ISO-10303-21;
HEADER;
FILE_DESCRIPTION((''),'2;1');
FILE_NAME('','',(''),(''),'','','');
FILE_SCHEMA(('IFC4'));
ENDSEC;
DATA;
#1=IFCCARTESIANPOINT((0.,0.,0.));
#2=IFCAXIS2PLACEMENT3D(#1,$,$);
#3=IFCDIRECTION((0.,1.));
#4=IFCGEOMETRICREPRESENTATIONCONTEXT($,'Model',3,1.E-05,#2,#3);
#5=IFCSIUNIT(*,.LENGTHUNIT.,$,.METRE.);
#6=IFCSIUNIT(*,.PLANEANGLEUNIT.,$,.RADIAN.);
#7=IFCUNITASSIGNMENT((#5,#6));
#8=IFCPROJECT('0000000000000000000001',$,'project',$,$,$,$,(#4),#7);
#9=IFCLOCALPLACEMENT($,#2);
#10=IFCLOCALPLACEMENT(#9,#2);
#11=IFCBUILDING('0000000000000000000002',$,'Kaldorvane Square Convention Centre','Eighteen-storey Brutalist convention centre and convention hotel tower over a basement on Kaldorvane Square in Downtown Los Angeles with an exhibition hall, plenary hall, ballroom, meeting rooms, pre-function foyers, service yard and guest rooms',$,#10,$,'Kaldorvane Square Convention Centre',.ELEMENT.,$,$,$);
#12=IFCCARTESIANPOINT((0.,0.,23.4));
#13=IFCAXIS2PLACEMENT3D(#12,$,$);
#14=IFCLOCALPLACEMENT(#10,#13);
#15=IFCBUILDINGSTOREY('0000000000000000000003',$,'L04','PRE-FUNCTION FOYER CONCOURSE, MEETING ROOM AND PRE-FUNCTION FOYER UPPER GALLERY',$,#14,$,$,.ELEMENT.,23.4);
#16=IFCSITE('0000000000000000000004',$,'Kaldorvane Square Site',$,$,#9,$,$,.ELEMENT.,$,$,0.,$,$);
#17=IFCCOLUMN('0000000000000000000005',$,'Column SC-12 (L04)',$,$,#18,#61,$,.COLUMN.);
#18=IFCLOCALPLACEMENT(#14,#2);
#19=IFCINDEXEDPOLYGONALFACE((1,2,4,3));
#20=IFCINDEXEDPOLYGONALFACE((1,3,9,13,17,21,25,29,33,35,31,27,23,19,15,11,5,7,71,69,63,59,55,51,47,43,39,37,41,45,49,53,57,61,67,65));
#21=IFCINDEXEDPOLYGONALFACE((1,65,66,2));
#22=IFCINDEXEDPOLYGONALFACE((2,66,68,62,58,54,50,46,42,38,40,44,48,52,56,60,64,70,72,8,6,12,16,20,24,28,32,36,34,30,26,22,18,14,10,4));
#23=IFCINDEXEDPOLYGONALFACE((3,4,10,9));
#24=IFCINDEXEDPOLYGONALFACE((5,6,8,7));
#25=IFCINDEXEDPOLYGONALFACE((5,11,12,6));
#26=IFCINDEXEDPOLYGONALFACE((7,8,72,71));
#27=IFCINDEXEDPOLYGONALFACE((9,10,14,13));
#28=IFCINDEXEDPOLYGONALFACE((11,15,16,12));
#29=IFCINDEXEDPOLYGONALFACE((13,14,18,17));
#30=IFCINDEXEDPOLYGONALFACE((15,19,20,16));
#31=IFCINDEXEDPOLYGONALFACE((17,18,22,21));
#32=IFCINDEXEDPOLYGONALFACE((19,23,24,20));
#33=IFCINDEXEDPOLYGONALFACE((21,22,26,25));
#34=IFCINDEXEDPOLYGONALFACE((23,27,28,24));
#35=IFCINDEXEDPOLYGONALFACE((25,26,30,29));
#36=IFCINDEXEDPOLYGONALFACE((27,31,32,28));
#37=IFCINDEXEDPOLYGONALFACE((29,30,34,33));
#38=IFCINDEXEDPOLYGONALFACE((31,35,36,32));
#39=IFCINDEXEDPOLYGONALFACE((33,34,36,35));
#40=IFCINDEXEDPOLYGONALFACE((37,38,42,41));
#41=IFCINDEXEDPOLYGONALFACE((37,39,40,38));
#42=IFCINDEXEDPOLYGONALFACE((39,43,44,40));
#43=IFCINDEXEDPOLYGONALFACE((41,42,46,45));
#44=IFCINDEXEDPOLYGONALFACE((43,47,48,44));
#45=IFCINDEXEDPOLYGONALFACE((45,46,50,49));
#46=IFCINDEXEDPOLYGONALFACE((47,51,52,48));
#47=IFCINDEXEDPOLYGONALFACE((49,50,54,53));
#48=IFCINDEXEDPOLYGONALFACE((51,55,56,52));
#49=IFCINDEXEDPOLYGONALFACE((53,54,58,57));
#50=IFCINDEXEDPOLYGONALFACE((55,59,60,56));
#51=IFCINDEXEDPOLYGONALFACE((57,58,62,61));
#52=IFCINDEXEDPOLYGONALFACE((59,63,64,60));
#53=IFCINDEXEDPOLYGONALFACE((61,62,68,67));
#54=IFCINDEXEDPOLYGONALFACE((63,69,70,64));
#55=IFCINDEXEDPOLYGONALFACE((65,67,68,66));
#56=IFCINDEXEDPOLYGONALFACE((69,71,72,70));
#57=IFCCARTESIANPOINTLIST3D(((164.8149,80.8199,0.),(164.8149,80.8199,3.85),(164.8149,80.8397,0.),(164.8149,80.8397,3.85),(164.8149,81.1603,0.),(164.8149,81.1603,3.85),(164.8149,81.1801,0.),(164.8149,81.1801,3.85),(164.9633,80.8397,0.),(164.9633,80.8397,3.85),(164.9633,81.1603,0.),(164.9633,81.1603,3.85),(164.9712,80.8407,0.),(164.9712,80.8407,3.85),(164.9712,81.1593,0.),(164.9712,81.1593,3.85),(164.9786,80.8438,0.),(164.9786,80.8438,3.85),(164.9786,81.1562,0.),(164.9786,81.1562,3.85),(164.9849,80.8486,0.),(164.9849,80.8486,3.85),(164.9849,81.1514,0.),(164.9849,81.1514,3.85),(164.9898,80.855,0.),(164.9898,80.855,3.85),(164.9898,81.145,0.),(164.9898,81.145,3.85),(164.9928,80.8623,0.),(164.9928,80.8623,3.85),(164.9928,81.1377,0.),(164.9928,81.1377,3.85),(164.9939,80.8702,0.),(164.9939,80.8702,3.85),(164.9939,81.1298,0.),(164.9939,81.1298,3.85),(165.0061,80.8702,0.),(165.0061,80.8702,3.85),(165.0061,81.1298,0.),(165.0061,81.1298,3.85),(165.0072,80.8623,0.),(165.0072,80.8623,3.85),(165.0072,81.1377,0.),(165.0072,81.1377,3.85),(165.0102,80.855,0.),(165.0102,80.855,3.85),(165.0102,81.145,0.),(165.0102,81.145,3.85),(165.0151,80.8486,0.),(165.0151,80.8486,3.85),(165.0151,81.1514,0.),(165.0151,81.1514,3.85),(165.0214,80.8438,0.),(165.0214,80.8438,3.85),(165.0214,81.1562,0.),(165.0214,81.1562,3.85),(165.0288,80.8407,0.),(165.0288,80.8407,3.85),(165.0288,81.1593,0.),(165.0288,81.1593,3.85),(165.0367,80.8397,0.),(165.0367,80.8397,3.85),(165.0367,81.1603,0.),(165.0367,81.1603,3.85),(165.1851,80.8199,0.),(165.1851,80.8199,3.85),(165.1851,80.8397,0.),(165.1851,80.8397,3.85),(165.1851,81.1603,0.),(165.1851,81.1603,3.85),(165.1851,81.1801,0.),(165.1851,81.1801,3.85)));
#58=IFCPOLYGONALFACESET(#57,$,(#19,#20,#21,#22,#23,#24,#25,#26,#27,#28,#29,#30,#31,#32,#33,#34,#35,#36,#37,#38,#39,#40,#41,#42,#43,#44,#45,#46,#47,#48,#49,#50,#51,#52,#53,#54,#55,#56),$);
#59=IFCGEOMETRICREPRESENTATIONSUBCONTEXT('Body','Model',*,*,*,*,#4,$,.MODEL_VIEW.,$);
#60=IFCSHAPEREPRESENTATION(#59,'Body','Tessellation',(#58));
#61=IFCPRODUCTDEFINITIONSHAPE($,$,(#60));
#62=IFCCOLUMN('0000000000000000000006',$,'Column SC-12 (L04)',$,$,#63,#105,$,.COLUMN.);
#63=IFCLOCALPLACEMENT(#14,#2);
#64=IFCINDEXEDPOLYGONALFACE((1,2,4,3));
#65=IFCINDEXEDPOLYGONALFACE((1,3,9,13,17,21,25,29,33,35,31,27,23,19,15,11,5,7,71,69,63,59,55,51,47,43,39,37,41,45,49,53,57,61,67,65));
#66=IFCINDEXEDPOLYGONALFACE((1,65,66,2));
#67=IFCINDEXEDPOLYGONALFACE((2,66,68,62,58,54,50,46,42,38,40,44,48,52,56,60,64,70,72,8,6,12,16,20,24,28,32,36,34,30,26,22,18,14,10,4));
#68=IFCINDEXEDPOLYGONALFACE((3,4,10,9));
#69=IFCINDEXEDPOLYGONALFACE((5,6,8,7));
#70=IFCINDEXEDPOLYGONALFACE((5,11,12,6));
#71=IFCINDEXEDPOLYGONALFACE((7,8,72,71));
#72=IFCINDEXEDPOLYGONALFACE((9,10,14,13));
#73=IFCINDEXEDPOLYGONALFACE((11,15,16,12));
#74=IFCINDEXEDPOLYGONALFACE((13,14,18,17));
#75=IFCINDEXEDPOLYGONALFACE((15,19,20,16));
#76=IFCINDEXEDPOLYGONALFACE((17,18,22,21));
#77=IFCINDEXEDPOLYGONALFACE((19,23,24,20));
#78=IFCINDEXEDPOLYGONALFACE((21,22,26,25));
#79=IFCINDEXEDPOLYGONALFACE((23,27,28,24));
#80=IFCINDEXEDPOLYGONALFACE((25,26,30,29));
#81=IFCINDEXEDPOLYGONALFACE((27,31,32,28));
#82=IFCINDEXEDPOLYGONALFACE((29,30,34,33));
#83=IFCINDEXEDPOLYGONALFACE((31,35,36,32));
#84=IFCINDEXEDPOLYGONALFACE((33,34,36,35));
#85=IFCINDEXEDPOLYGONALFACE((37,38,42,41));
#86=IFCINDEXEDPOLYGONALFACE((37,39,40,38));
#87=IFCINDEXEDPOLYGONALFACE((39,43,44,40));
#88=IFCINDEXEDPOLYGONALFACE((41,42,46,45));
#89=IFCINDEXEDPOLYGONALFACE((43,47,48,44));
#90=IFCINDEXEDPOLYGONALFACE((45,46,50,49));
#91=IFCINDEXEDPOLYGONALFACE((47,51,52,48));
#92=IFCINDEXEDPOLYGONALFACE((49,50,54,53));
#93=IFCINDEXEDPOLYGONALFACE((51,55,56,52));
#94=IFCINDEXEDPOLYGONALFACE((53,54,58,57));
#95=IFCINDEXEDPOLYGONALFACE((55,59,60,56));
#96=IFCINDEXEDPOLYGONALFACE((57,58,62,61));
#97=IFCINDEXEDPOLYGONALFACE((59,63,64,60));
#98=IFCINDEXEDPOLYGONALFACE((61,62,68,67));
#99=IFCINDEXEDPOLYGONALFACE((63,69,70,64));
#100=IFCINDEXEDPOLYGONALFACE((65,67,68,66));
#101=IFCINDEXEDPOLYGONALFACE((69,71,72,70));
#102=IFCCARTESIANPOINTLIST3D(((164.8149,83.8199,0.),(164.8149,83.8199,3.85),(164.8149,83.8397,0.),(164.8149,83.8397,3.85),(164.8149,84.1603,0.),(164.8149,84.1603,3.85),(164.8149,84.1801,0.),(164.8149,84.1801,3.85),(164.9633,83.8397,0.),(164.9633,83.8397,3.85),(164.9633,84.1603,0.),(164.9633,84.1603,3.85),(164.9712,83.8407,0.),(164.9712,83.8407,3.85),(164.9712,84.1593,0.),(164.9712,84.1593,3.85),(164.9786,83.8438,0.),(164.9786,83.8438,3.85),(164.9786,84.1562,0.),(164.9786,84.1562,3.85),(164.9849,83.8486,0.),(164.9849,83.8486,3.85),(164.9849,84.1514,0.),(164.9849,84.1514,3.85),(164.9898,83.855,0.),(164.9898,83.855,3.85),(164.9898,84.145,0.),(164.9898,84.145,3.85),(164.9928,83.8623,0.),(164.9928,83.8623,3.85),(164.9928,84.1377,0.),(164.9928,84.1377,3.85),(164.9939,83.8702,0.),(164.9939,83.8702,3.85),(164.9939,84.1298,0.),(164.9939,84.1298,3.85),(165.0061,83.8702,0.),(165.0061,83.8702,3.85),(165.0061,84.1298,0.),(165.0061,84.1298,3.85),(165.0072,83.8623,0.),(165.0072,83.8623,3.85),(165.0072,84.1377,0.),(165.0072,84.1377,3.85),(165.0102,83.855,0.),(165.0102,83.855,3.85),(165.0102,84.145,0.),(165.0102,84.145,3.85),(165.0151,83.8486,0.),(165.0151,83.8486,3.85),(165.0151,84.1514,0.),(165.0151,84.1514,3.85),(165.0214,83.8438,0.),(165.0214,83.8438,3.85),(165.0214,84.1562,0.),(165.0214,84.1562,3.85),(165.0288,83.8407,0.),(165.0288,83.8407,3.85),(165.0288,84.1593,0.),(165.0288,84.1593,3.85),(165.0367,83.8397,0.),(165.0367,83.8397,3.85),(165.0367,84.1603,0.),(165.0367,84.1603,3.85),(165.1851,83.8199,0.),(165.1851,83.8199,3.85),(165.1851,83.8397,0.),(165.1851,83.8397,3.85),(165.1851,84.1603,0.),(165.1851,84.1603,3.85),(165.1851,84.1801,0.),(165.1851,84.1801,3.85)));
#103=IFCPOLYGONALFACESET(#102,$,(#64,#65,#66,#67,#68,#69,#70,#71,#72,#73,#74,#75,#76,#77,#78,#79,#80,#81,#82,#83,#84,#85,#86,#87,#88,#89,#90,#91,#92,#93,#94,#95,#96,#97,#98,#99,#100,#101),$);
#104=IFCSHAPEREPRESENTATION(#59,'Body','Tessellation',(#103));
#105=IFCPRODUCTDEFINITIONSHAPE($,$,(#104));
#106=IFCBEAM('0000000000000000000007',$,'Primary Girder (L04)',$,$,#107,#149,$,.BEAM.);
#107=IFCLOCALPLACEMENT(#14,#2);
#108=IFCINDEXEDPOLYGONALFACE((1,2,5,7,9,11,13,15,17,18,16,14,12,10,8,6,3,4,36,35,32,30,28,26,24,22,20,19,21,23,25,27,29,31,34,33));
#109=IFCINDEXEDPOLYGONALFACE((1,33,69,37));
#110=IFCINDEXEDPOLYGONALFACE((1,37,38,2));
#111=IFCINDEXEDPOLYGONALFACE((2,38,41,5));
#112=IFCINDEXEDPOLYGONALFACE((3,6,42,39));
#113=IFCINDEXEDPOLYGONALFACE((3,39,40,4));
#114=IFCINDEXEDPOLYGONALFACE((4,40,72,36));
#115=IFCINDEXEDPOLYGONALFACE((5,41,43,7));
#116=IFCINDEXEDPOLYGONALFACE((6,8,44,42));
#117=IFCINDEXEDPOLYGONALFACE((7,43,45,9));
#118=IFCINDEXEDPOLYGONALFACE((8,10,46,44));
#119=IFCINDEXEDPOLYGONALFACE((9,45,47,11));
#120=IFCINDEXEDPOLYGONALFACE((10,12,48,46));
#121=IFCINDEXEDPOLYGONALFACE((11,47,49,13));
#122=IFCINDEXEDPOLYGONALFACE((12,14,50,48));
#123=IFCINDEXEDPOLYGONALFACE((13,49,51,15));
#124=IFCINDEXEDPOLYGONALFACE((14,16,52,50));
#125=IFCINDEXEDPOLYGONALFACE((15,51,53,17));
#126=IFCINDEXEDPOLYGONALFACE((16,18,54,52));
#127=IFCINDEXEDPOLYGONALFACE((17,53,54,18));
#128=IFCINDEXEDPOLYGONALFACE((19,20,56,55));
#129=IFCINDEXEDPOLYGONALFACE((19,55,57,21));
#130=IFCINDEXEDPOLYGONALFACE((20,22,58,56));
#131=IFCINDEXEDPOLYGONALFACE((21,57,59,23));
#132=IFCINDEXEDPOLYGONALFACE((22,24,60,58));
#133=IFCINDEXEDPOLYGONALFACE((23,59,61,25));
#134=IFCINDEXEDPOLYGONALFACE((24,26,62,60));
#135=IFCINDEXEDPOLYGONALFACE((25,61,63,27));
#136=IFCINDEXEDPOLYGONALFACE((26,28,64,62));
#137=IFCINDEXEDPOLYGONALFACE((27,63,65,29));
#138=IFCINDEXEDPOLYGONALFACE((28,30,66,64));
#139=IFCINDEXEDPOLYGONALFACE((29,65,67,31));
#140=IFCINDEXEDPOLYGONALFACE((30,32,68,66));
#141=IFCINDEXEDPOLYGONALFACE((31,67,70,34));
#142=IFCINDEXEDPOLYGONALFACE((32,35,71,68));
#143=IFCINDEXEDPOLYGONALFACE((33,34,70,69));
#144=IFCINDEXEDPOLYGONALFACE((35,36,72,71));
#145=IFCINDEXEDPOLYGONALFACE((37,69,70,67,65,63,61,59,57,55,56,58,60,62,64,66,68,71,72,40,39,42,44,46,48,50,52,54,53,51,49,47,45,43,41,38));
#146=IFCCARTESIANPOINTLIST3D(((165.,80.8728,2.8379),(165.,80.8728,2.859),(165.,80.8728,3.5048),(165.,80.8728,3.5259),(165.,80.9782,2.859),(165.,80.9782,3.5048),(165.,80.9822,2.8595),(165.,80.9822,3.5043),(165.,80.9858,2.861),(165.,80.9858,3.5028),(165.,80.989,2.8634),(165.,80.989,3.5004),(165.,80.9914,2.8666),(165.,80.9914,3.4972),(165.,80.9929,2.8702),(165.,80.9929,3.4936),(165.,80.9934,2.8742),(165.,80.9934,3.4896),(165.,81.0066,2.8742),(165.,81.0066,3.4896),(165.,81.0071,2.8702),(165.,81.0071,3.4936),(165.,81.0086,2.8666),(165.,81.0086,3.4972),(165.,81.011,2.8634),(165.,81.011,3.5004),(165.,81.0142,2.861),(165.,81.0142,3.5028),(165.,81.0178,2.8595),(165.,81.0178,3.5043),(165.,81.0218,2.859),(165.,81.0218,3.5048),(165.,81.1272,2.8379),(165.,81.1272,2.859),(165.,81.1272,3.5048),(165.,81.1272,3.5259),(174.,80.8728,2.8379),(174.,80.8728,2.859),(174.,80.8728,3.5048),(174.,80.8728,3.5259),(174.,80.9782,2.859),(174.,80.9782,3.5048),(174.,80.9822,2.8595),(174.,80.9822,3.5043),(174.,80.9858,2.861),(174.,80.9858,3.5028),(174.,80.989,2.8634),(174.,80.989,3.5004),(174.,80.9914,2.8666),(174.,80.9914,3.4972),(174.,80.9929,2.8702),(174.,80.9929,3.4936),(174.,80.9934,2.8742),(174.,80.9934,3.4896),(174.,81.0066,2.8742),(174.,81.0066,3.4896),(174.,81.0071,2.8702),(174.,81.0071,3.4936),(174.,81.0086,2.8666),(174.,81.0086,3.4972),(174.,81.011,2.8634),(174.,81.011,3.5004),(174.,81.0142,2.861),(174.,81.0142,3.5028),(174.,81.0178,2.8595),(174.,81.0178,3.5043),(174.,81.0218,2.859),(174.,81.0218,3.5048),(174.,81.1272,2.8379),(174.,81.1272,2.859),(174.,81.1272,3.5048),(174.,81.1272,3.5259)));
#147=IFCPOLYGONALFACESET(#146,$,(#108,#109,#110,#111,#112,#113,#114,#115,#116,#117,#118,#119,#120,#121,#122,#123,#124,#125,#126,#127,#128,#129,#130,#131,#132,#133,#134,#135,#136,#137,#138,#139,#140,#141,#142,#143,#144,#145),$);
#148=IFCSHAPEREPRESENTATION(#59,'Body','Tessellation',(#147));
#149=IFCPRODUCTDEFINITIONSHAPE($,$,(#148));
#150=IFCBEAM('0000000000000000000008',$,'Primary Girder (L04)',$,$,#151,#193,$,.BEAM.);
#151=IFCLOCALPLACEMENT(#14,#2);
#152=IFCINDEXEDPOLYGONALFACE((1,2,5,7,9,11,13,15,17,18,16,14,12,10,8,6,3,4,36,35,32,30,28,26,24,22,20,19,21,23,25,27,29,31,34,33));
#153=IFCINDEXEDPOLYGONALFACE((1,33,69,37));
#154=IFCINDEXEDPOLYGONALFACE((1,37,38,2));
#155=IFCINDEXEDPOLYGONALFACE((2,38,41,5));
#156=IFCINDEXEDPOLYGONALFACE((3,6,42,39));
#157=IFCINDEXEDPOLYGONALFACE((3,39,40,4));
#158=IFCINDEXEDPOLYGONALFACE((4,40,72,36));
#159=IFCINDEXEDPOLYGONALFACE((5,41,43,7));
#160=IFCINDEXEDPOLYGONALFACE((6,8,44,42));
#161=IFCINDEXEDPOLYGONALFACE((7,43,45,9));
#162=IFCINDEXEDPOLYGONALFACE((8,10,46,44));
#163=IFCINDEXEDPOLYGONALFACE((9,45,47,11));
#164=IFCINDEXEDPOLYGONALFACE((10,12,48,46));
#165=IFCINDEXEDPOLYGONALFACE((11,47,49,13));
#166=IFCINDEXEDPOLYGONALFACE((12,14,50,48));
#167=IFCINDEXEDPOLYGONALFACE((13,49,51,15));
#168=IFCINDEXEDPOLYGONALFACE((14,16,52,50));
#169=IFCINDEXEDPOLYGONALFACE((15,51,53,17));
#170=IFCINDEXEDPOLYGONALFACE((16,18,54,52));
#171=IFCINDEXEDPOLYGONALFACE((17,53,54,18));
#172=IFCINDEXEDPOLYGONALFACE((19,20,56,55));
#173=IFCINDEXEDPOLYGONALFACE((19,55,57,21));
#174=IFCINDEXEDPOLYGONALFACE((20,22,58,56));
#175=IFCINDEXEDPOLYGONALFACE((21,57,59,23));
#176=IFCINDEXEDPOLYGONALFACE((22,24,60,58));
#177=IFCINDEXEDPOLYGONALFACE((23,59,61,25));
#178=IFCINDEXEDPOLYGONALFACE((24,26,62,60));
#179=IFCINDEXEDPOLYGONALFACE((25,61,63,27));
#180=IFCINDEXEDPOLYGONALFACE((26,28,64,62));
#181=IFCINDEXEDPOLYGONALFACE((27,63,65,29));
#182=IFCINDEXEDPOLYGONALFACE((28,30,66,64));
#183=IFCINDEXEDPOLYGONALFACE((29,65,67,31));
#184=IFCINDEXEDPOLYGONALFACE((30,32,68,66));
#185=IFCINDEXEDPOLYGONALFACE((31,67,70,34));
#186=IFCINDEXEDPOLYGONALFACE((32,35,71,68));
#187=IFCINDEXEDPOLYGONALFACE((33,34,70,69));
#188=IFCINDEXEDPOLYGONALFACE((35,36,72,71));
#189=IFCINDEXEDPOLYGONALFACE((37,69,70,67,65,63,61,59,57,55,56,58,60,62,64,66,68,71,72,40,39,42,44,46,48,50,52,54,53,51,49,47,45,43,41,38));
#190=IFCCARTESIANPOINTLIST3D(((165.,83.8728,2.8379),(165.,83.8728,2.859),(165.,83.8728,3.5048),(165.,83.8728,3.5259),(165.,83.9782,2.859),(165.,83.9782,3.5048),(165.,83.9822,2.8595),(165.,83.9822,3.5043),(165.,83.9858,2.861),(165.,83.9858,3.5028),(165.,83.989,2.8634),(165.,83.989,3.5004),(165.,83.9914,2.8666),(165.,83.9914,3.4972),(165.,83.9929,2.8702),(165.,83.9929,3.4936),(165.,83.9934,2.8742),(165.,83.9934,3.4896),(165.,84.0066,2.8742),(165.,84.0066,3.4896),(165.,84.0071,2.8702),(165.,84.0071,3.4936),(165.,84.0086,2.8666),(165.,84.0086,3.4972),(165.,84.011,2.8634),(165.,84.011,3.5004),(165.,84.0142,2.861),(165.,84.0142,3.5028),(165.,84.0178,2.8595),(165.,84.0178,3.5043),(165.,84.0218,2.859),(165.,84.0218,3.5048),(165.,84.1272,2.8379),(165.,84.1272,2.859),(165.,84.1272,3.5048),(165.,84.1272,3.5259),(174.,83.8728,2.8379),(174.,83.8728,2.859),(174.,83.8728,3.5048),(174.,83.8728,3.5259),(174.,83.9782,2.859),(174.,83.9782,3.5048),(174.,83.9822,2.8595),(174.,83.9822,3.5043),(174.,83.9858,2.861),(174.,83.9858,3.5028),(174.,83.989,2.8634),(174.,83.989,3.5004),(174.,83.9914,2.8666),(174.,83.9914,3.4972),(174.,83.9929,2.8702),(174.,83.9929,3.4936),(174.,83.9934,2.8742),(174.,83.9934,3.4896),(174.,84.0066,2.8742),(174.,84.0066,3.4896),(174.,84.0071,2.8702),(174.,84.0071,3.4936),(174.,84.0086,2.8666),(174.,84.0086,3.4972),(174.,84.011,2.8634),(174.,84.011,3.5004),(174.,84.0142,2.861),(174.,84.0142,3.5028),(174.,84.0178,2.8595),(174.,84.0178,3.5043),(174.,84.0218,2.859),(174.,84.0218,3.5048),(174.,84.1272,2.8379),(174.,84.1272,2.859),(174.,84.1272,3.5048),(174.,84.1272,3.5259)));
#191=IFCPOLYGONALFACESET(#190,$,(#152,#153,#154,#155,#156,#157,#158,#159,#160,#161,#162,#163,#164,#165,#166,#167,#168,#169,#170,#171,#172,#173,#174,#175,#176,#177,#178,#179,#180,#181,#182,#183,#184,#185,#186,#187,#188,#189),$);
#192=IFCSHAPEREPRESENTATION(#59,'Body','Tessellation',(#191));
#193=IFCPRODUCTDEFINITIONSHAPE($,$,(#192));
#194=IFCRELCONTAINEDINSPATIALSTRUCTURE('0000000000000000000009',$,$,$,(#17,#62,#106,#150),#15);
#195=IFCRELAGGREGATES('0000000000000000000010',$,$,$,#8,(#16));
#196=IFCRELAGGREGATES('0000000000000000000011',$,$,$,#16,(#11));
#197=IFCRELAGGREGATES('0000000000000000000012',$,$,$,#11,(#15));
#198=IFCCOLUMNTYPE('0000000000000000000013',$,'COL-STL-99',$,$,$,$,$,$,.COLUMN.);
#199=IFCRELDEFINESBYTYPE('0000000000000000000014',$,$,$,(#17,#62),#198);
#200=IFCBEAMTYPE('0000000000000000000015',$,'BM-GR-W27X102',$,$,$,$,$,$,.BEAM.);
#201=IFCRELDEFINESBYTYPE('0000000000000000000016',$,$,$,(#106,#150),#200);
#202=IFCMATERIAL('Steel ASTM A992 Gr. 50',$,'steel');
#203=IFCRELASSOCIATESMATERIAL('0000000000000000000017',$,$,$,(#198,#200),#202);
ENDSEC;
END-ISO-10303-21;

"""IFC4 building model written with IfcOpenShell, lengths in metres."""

from ifc_helpers import new_model, si_unit, direction, frame, origin, origin_2d, place, context, subcontext, project, spatial, i_section, extrude, material, material_profile, profile_set, type_object, element, save


model = new_model("IFC4")

# Units and contexts
model_context = context("Model", 3, precision=1e-05, world=origin(), true_north=direction((0.0, 1.0)))
body_context = subcontext(model_context, "Body", "Model", "MODEL_VIEW")
ifc_project = project(units=[si_unit("LENGTHUNIT", "METRE"), si_unit("PLANEANGLEUNIT", "RADIAN")], contexts=[model_context])

# Site, building, storey
site_placement = place(None, origin())
site = spatial("IfcSite", under=ifc_project, at=site_placement, Name="Kaldorvane Square Site", CompositionType="ELEMENT", RefElevation=0.0)
building_placement = place(site_placement, origin())
building = spatial("IfcBuilding", under=site, at=building_placement, Name="Kaldorvane Square Convention Centre", Description="Eighteen-storey Brutalist convention centre and convention hotel tower over a basement on Kaldorvane Square in Downtown Los Angeles with an exhibition hall, plenary hall, ballroom, meeting rooms, pre-function foyers, service yard and guest rooms", LongName="Kaldorvane Square Convention Centre", CompositionType="ELEMENT")
storey_placement = place(building_placement, frame((0.0, 0.0, 23.4)))
storey = spatial("IfcBuildingStorey", under=building, at=storey_placement, Name="L04", Description="PRE-FUNCTION FOYER CONCOURSE, MEETING ROOM AND PRE-FUNCTION FOYER UPPER GALLERY", CompositionType="ELEMENT", Elevation=23.4)

# Columns
ifc_material_1 = material(Name="Steel ASTM A992 Gr. 50", Category="steel")
ifc_material_profile_1 = material_profile(ifc_material_1, i_section(OverallWidth=0.3701, OverallDepth=0.3602, WebThickness=0.0123, FlangeThickness=0.0198, FilletRadius=0.0305, at=origin_2d()), Name="W14X99")
ifc_profile_set_1 = profile_set([ifc_material_profile_1], Name="Steel ASTM A992 Gr. 50")
column_type = type_object("IfcColumnType", Name="COL-STL-99", PredefinedType="COLUMN", material=ifc_profile_set_1)
for number, where, z_axis, x_axis, name in (
    (1, (165.0, 81.0, 0.0), (0.0, 0.0, 1.0), (1.0, 0.0, 0.0), "Column SC-12 (L04)"),
    (2, (165.0, 84.0, 0.0), (0.0, 0.0, 1.0), (1.0, 0.0, 0.0), "Column SC-12 (L04)"),
):
    element("IfcColumn", number, at=place(storey_placement, frame(where, z_axis=z_axis, x_axis=x_axis)), inside=storey, type_object=column_type, Name=name, PredefinedType="COLUMN", context=body_context, shape_type="SweptSolid", body=[
        extrude(i_section(OverallWidth=0.3701, OverallDepth=0.3602, WebThickness=0.0123, FlangeThickness=0.0198, FilletRadius=0.0305, at=origin_2d()), origin(), (0.0, 0.0, 1.0), 3.85),
    ])

# Beams
ifc_material_profile_2 = material_profile(ifc_material_1, i_section(OverallWidth=0.2544, OverallDepth=0.6881, WebThickness=0.0131, FlangeThickness=0.0211, FilletRadius=0.0152, at=origin_2d()), Name="W27X102")
ifc_profile_set_2 = profile_set([ifc_material_profile_2], Name="Steel ASTM A992 Gr. 50")
beam_type_1 = type_object("IfcBeamType", Name="BM-GR-W27X102", PredefinedType="BEAM", material=ifc_profile_set_2)
for number, where, z_axis, x_axis, name in (
    (3, (165.0, 81.0, 3.1819), (1.0, 0.0, 0.0), (0.0, 1.0, 0.0), "Primary Girder (L04)"),
    (4, (165.0, 84.0, 3.1819), (1.0, 0.0, 0.0), (0.0, 1.0, 0.0), "Primary Girder (L04)"),
):
    element("IfcBeam", number, at=place(storey_placement, frame(where, z_axis=z_axis, x_axis=x_axis)), inside=storey, type_object=beam_type_1, Name=name, PredefinedType="BEAM", context=body_context, shape_type="SweptSolid", body=[
        extrude(i_section(OverallWidth=0.2544, OverallDepth=0.6881, WebThickness=0.0131, FlangeThickness=0.0211, FilletRadius=0.0152, at=origin_2d()), origin(), (0.0, 0.0, 1.0), 9.0),
    ])

save(model, "model.ifc")
